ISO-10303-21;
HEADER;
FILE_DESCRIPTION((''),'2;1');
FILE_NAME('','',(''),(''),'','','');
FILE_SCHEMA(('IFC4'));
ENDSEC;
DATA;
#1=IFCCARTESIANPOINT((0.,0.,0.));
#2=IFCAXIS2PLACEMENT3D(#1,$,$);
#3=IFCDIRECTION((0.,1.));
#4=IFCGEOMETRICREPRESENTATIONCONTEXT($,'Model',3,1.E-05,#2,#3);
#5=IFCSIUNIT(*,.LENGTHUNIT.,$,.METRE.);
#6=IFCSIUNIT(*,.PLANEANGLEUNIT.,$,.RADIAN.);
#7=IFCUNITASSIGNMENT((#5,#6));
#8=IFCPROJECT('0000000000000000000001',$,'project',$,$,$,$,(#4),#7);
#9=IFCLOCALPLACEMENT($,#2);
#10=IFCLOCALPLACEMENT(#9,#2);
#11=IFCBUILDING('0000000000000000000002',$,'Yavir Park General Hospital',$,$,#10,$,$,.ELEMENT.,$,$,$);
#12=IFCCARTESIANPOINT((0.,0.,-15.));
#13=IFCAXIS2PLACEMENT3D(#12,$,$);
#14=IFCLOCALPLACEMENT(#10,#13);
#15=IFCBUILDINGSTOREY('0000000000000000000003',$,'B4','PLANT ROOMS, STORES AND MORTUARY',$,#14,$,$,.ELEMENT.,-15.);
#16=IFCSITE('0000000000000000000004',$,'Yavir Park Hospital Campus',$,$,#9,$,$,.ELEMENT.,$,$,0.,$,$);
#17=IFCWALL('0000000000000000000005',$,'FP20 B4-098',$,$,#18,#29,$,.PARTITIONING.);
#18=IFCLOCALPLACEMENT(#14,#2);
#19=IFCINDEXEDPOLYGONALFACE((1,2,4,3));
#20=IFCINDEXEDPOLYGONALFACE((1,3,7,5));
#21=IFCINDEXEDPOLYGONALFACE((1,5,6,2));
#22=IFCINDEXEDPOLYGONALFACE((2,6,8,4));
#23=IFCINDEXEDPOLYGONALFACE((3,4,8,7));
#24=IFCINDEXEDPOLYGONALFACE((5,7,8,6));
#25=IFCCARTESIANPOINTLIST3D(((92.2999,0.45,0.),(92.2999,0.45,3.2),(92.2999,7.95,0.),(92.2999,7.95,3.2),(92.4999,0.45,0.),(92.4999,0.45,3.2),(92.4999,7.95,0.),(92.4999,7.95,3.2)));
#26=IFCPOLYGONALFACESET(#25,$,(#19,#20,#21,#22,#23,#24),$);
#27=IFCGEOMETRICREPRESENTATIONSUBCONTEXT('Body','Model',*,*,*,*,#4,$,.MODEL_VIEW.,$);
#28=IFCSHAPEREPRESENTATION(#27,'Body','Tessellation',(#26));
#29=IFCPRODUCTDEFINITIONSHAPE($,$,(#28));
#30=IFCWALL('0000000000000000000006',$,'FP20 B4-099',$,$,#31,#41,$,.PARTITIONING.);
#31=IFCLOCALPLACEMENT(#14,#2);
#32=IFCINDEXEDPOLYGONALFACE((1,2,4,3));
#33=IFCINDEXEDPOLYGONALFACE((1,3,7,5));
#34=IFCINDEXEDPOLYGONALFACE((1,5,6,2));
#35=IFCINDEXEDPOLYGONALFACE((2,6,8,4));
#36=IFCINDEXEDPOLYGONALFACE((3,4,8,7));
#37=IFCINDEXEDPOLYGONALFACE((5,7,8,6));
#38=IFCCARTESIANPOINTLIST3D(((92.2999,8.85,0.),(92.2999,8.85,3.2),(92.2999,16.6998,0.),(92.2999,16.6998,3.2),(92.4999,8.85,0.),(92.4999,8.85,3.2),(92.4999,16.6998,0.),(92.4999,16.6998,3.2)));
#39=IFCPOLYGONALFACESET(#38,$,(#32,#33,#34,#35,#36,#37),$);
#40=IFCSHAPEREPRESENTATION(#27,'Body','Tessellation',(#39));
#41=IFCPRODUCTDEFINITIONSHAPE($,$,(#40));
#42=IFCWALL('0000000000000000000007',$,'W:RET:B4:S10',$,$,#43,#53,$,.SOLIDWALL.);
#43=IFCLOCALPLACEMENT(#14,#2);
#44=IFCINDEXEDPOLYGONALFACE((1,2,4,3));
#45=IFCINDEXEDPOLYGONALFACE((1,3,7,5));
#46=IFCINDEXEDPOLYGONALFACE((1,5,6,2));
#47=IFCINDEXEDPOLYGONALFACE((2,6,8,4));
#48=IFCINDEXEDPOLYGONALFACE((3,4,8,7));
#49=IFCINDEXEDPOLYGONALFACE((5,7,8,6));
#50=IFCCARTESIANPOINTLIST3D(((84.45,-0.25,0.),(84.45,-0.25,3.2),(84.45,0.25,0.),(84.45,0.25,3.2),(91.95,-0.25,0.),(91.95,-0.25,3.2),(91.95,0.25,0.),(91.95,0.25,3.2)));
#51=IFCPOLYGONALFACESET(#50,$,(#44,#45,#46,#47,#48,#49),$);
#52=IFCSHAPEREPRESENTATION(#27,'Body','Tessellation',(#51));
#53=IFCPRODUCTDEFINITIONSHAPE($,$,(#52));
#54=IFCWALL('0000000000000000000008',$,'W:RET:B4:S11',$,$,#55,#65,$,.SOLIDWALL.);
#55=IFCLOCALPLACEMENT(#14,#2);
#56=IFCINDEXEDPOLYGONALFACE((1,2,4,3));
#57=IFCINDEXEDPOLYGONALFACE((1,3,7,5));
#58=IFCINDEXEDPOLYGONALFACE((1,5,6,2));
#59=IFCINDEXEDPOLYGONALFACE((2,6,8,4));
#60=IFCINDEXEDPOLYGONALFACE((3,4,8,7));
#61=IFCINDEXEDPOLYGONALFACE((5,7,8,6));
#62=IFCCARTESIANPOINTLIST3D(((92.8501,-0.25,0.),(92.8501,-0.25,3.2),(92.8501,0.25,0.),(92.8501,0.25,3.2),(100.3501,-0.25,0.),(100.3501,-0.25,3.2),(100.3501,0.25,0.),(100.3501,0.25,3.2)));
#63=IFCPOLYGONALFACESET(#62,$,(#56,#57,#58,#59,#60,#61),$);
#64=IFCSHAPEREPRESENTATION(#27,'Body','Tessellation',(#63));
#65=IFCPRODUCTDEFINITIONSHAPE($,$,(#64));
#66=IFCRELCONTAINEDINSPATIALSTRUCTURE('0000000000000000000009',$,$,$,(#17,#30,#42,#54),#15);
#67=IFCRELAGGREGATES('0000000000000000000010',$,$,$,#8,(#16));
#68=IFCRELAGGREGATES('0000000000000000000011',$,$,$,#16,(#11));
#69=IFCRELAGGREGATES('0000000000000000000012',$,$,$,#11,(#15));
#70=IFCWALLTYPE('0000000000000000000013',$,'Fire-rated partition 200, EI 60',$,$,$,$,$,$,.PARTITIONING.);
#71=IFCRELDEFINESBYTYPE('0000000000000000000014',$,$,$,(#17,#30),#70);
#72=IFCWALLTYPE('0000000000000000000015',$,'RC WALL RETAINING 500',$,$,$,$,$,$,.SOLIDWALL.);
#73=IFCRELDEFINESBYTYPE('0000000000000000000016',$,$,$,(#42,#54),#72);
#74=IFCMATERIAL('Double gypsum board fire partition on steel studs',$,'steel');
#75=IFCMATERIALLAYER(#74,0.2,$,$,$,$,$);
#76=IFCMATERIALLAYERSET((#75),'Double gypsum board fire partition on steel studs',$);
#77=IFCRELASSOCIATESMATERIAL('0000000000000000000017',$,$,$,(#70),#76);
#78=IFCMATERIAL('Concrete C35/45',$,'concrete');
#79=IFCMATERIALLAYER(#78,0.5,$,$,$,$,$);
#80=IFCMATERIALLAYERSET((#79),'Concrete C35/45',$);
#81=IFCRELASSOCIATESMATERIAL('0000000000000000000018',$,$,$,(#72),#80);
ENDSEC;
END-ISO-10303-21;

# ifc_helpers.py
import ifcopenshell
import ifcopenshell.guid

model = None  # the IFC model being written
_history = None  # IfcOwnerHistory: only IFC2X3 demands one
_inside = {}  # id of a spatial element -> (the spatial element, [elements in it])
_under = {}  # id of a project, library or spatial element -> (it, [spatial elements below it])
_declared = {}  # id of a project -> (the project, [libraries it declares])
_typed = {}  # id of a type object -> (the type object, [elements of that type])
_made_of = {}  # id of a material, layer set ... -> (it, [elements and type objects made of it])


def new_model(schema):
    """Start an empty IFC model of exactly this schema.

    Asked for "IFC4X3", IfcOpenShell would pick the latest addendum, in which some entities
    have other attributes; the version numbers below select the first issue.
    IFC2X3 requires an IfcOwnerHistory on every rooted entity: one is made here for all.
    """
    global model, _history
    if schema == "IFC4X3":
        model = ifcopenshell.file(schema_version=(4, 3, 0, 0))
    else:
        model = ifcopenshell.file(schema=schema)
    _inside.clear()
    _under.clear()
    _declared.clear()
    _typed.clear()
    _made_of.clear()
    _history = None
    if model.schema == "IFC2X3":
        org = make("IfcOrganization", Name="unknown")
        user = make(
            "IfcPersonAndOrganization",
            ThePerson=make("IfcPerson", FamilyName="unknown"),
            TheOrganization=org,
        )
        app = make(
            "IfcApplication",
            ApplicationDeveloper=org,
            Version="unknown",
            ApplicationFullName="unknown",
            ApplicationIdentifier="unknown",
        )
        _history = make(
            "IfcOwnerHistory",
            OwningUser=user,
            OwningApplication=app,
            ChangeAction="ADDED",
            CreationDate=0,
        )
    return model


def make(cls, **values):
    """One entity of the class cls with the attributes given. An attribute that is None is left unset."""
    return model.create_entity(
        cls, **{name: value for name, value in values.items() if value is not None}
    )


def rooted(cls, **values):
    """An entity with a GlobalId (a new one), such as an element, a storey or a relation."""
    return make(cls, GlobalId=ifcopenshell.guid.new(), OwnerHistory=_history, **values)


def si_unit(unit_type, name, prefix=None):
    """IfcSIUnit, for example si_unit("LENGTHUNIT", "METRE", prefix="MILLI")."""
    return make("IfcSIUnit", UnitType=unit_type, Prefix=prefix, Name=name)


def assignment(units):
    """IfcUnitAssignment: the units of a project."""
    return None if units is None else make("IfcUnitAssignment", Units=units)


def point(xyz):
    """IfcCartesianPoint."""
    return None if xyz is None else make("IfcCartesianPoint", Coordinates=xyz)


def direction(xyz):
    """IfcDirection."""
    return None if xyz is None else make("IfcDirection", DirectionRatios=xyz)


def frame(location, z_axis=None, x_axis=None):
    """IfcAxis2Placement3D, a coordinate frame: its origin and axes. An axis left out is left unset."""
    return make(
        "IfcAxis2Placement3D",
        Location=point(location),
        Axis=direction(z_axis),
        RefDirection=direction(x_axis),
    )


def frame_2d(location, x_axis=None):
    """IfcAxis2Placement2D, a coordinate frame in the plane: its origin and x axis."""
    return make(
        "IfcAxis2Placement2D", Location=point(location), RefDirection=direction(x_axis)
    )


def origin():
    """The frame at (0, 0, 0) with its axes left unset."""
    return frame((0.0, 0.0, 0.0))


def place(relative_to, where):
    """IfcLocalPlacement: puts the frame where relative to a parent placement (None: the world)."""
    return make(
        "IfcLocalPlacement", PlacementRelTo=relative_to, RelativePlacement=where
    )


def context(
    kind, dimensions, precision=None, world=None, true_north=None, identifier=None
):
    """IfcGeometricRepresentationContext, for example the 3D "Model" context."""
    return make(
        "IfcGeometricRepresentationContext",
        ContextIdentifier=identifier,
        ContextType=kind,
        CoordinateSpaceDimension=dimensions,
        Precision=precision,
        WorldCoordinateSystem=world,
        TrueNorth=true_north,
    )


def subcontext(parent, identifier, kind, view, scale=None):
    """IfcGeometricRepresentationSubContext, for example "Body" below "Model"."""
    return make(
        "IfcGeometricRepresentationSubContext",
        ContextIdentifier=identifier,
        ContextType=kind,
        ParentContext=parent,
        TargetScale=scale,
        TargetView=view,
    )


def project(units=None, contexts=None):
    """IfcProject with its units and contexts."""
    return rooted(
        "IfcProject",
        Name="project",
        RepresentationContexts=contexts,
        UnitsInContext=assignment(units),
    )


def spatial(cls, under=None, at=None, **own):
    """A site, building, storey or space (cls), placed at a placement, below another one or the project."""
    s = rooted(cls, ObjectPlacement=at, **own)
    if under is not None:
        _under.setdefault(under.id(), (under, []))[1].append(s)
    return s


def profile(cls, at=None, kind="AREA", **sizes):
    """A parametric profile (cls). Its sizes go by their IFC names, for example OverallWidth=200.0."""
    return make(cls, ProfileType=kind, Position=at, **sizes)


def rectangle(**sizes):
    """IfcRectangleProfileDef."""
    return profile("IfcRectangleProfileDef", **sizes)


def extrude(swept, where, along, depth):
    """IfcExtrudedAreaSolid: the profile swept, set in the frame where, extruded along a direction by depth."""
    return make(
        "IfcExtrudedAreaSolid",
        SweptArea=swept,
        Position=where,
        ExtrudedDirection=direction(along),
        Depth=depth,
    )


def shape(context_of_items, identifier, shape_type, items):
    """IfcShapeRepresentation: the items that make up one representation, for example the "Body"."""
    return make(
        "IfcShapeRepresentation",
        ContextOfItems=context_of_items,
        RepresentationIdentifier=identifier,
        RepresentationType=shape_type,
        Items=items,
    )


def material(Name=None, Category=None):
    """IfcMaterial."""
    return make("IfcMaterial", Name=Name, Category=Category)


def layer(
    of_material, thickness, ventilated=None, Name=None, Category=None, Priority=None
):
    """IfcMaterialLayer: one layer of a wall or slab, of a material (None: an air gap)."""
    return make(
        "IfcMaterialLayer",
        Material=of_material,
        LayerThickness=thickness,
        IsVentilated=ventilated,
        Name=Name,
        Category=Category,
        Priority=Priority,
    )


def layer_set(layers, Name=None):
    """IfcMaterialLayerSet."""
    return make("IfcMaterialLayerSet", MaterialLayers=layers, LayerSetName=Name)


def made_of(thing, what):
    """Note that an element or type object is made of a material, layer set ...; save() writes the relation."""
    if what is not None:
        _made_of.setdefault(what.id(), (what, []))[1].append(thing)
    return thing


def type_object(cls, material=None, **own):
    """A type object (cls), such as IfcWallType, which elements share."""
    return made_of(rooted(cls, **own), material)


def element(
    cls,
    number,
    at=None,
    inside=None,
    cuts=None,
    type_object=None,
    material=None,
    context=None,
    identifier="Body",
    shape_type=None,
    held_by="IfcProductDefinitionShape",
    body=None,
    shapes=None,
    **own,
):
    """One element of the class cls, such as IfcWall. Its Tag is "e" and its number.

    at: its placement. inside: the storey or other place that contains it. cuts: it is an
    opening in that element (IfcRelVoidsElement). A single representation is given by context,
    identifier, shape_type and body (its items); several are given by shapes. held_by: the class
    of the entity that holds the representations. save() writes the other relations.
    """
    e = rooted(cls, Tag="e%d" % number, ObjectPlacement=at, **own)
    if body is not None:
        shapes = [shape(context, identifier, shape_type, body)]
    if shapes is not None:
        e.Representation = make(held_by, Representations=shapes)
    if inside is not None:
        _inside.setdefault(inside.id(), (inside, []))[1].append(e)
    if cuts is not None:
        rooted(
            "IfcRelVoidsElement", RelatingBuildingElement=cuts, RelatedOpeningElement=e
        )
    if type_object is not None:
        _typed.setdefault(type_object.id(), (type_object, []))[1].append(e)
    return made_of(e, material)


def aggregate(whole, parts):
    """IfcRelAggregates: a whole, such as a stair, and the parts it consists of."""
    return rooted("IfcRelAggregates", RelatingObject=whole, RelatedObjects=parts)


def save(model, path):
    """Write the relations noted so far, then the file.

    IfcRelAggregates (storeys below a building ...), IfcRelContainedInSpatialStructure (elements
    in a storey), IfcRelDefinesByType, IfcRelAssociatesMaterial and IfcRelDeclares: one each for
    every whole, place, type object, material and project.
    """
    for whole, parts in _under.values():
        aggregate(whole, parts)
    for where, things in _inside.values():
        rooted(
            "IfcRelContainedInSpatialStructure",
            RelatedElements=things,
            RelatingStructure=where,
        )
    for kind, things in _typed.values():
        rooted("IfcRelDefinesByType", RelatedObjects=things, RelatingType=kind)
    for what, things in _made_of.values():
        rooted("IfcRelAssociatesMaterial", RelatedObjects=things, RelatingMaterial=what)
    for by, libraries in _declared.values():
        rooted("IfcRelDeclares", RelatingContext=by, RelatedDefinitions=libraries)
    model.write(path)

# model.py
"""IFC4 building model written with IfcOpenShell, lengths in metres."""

from ifc_helpers import new_model, si_unit, direction, frame, frame_2d, origin, place, context, subcontext, project, spatial, rectangle, extrude, material, layer, layer_set, type_object, element, save


model = new_model("IFC4")

# Units and contexts
model_context = context("Model", 3, precision=1e-05, world=origin(), true_north=direction((0.0, 1.0)))
body_context = subcontext(model_context, "Body", "Model", "MODEL_VIEW")
ifc_project = project(units=[si_unit("LENGTHUNIT", "METRE"), si_unit("PLANEANGLEUNIT", "RADIAN")], contexts=[model_context])

# Site, building, storey
site_placement = place(None, origin())
site = spatial("IfcSite", under=ifc_project, at=site_placement, Name="Yavir Park Hospital Campus", CompositionType="ELEMENT", RefElevation=0.0)
building_placement = place(site_placement, origin())
building = spatial("IfcBuilding", under=site, at=building_placement, Name="Yavir Park General Hospital", CompositionType="ELEMENT")
storey_placement = place(building_placement, frame((0.0, 0.0, -15.0)))
storey = spatial("IfcBuildingStorey", under=building, at=storey_placement, Name="B4", Description="PLANT ROOMS, STORES AND MORTUARY", CompositionType="ELEMENT", Elevation=-15.0)

# Shared definitions
ifc_material_1 = material(Name="Double gypsum board fire partition on steel studs", Category="steel")
ifc_layer_1 = layer(ifc_material_1, 0.2)
ifc_layer_set_1 = layer_set([ifc_layer_1], Name="Double gypsum board fire partition on steel studs")
wall_type_1 = type_object("IfcWallType", Name="Fire-rated partition 200, EI 60", PredefinedType="PARTITIONING", material=ifc_layer_set_1)

# Walls
for number, where, z_axis, x_axis, name in (
    (1, (92.3999, 0.45, 0.0), (0.0, 0.0, 1.0), (0.0, 1.0, 0.0), "FP20 B4-098"),
):
    element("IfcWall", number, at=place(storey_placement, frame(where, z_axis=z_axis, x_axis=x_axis)), inside=storey, type_object=wall_type_1, Name=name, PredefinedType="PARTITIONING", context=body_context, shape_type="SweptSolid", body=[
        extrude(rectangle(XDim=7.5, YDim=0.2, at=frame_2d((3.75, 0.0))), origin(), (0.0, 0.0, 1.0), 3.2),
    ])
wall_1_placement = place(storey_placement, frame((92.3999, 8.8501, 0.0), z_axis=(0.0, 0.0, 1.0), x_axis=(0.0, 1.0, 0.0)))
element("IfcWall", 2, at=wall_1_placement, inside=storey, type_object=wall_type_1, Name="FP20 B4-099", PredefinedType="PARTITIONING", context=body_context, shape_type="SweptSolid", body=[
    extrude(rectangle(XDim=7.8499, YDim=0.2, at=frame_2d((3.9248, 0.0))), origin(), (0.0, 0.0, 1.0), 3.2),
])

# Walls
ifc_material_2 = material(Name="Concrete C35/45", Category="concrete")
ifc_layer_2 = layer(ifc_material_2, 0.5)
ifc_layer_set_2 = layer_set([ifc_layer_2], Name="Concrete C35/45")
wall_type_2 = type_object("IfcWallType", Name="RC WALL RETAINING 500", PredefinedType="SOLIDWALL", material=ifc_layer_set_2)
for number, where, z_axis, x_axis, name in (
    (3, (84.45, 0.0, 0.0), (0.0, 0.0, 1.0), (1.0, 0.0, 0.0), "W:RET:B4:S10"),
    (4, (92.8501, 0.0, 0.0), (0.0, 0.0, 1.0), (1.0, 0.0, 0.0), "W:RET:B4:S11"),
):
    element("IfcWall", number, at=place(storey_placement, frame(where, z_axis=z_axis, x_axis=x_axis)), inside=storey, type_object=wall_type_2, Name=name, PredefinedType="SOLIDWALL", context=body_context, shape_type="SweptSolid", body=[
        extrude(rectangle(XDim=7.5, YDim=0.5, at=frame_2d((3.75, 0.0))), origin(), (0.0, 0.0, 1.0), 3.2),
    ])

save(model, "model.ifc")
